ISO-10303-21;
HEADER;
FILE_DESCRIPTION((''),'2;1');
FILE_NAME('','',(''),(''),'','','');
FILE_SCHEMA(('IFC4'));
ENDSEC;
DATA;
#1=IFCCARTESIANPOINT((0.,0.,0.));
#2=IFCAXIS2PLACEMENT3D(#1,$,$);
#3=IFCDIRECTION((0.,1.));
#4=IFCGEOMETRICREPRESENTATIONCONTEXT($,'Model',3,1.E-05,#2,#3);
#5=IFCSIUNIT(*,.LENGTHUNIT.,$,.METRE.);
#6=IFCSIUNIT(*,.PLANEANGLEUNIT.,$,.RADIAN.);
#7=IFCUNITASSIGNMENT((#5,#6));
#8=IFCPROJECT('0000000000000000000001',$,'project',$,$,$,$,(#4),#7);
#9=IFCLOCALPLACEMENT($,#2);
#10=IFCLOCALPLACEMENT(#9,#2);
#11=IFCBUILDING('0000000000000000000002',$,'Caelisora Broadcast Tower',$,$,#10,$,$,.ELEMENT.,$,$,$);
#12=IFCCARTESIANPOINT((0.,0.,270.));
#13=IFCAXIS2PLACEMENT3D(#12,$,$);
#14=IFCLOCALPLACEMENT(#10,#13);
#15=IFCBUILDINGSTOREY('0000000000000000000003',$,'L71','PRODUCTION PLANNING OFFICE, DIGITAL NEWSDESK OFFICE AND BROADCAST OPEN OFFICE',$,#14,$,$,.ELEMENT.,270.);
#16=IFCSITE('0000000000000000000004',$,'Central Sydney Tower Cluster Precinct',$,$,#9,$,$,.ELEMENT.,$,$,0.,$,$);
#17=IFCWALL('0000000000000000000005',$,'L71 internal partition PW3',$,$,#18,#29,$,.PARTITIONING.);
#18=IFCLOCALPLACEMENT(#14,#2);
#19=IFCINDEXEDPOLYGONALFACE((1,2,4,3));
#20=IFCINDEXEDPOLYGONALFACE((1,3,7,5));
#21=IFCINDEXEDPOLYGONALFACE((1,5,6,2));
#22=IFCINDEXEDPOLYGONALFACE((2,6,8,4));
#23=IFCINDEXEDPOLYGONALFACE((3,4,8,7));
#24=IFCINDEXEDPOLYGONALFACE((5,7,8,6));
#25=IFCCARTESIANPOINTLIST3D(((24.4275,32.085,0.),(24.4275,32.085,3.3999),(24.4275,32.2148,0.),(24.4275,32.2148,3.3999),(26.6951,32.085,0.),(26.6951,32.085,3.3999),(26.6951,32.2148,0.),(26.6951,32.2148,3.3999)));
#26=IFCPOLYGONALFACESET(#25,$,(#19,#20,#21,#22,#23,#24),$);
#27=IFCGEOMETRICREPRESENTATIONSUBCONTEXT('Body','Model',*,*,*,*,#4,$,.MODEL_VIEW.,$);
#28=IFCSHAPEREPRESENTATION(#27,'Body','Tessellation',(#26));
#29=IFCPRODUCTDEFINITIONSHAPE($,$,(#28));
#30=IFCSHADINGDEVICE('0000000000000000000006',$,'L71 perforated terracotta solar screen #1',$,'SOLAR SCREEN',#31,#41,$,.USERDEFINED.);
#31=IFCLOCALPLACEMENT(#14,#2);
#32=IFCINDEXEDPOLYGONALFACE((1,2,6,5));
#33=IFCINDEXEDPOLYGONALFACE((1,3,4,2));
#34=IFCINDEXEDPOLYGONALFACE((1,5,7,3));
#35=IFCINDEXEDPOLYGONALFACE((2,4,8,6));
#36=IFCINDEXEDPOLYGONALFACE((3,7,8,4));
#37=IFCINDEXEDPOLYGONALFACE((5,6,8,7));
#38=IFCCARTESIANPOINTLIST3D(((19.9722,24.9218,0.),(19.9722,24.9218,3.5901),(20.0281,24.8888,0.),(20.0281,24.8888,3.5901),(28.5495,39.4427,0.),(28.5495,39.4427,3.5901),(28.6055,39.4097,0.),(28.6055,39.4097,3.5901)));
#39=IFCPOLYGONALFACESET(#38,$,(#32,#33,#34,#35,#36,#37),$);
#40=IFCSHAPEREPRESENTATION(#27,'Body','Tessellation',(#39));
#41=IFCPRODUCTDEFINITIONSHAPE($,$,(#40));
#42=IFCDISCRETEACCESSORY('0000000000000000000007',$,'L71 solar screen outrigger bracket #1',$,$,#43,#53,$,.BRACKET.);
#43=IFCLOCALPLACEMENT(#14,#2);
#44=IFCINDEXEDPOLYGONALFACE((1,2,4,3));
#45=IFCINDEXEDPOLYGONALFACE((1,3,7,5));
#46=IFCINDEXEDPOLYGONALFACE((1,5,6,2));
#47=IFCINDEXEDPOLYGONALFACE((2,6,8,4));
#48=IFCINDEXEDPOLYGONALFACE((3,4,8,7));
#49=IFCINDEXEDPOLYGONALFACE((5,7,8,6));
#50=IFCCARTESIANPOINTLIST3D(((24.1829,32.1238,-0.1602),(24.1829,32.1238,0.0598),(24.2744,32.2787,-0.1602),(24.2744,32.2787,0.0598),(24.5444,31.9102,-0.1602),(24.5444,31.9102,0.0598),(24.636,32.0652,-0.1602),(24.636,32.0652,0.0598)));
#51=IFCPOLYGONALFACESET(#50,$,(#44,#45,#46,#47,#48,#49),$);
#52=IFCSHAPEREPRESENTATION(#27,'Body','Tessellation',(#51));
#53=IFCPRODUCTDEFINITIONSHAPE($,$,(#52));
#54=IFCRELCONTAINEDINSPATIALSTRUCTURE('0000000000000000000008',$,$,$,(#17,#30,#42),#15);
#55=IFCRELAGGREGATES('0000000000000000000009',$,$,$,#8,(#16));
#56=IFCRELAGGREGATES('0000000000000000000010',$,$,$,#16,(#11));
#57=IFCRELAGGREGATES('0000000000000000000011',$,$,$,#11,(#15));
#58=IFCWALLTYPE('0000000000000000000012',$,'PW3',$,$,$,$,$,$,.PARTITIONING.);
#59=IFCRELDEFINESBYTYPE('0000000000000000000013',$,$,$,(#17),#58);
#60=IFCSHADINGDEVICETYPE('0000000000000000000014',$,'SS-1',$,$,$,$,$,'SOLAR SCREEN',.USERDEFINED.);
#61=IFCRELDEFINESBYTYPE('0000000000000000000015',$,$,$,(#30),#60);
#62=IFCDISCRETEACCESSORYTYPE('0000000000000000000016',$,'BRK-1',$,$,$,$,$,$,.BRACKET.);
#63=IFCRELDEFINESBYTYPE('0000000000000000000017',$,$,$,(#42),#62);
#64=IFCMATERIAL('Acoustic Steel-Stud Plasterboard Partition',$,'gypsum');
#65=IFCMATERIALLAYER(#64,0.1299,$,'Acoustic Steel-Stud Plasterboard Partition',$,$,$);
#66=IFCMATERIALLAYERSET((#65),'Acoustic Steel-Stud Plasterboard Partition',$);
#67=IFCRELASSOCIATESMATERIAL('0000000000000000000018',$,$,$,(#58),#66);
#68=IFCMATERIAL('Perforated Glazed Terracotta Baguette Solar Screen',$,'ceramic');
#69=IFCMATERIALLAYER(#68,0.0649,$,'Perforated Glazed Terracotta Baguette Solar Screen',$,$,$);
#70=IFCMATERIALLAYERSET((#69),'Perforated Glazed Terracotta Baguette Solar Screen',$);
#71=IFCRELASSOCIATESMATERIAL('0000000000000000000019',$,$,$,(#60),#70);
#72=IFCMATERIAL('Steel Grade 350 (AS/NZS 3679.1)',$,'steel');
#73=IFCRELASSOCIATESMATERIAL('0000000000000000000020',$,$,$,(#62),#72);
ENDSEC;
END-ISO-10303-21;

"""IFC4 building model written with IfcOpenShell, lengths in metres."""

from ifc_helpers import new_model, si_unit, direction, frame, frame_2d, origin, origin_2d, place, context, subcontext, project, spatial, rectangle, extrude, source, transform, mapped, material, layer, layer_set, type_object, type_shapes, element, save


model = new_model("IFC4")

# Units and contexts
model_context = context("Model", 3, precision=1e-05, world=origin(), true_north=direction((0.0, 1.0)))
body_context = subcontext(model_context, "Body", "Model", "MODEL_VIEW")
ifc_project = project(units=[si_unit("LENGTHUNIT", "METRE"), si_unit("PLANEANGLEUNIT", "RADIAN")], contexts=[model_context])

# Site, building, storey
site_placement = place(None, origin())
site = spatial("IfcSite", under=ifc_project, at=site_placement, Name="Central Sydney Tower Cluster Precinct", CompositionType="ELEMENT", RefElevation=0.0)
building_placement = place(site_placement, origin())
building = spatial("IfcBuilding", under=site, at=building_placement, Name="Caelisora Broadcast Tower", CompositionType="ELEMENT")
storey_placement = place(building_placement, frame((0.0, 0.0, 270.0)))
storey = spatial("IfcBuildingStorey", under=building, at=storey_placement, Name="L71", Description="PRODUCTION PLANNING OFFICE, DIGITAL NEWSDESK OFFICE AND BROADCAST OPEN OFFICE", CompositionType="ELEMENT", Elevation=270.0)

# Shared definitions
ifc_material_1 = material(Name="Steel Grade 350 (AS/NZS 3679.1)", Category="steel")

# Shared definitions
ifc_material_2 = material(Name="Acoustic Steel-Stud Plasterboard Partition", Category="gypsum")
ifc_layer_1 = layer(ifc_material_2, 0.1299, Name="Acoustic Steel-Stud Plasterboard Partition")
ifc_layer_set_1 = layer_set([ifc_layer_1], Name="Acoustic Steel-Stud Plasterboard Partition")
wall_type = type_object("IfcWallType", Name="PW3", PredefinedType="PARTITIONING", material=ifc_layer_set_1)

# Wall
wall_1_placement = place(storey_placement, frame((24.4275, 32.1499, 0.0), z_axis=(0.0, 0.0, 1.0), x_axis=(1.0, 0.0, 0.0)))
element("IfcWall", 1, at=wall_1_placement, inside=storey, type_object=wall_type, Name="L71 internal partition PW3", PredefinedType="PARTITIONING", context=body_context, shape_type="SweptSolid", body=[
    extrude(rectangle(XDim=2.2676, YDim=0.1299, at=frame_2d((1.1338, 0.0))), origin(), (0.0, 0.0, 1.0), 3.3999),
])

# Shading device
ifc_material_3 = material(Name="Perforated Glazed Terracotta Baguette Solar Screen", Category="ceramic")
ifc_layer_2 = layer(ifc_material_3, 0.0649, Name="Perforated Glazed Terracotta Baguette Solar Screen")
ifc_layer_set_2 = layer_set([ifc_layer_2], Name="Perforated Glazed Terracotta Baguette Solar Screen")
shading_device_type = type_object("IfcShadingDeviceType", Name="SS-1", ElementType="SOLAR SCREEN", PredefinedType="USERDEFINED", material=ifc_layer_set_2)
shared_shape_1 = source(origin(), body_context, "Body", "SweptSolid", [
    extrude(rectangle(XDim=16.865, YDim=0.0649, at=origin_2d()), origin(), (0.0, 0.0, 1.0), 3.5901),
])
type_shapes(shading_device_type, [shared_shape_1])
shading_device_placement = place(storey_placement, frame((24.2888, 32.1658, 0.0), z_axis=(0.0, 0.0, 1.0), x_axis=(-0.508591, -0.861008, 0.0)))
element("IfcShadingDevice", 2, at=shading_device_placement, inside=storey, type_object=shading_device_type, Name="L71 perforated terracotta solar screen #1", ObjectType="SOLAR SCREEN", PredefinedType="USERDEFINED", context=body_context, shape_type="MappedRepresentation", body=[
    mapped(shared_shape_1, transform((0.0, 0.0, 0.0), scale=1.0)),
])

# Discrete accessory
discrete_accessory_type = type_object("IfcDiscreteAccessoryType", Name="BRK-1", PredefinedType="BRACKET", material=ifc_material_1)
shared_shape_2 = source(origin(), body_context, "Body", "SweptSolid", [
    extrude(rectangle(XDim=0.1799, YDim=0.4199, at=origin_2d()), origin(), (0.0, 0.0, 1.0), 0.22),
])
type_shapes(discrete_accessory_type, [shared_shape_2])
discrete_accessory_placement = place(storey_placement, frame((24.4094, 32.0945, -0.1602), z_axis=(0.0, 0.0, 1.0), x_axis=(-0.508591, -0.861008, 0.0)))
element("IfcDiscreteAccessory", 3, at=discrete_accessory_placement, inside=storey, type_object=discrete_accessory_type, Name="L71 solar screen outrigger bracket #1", PredefinedType="BRACKET", context=body_context, shape_type="MappedRepresentation", body=[
    mapped(shared_shape_2, transform((0.0, 0.0, 0.0), scale=1.0)),
])

save(model, "model.ifc")
